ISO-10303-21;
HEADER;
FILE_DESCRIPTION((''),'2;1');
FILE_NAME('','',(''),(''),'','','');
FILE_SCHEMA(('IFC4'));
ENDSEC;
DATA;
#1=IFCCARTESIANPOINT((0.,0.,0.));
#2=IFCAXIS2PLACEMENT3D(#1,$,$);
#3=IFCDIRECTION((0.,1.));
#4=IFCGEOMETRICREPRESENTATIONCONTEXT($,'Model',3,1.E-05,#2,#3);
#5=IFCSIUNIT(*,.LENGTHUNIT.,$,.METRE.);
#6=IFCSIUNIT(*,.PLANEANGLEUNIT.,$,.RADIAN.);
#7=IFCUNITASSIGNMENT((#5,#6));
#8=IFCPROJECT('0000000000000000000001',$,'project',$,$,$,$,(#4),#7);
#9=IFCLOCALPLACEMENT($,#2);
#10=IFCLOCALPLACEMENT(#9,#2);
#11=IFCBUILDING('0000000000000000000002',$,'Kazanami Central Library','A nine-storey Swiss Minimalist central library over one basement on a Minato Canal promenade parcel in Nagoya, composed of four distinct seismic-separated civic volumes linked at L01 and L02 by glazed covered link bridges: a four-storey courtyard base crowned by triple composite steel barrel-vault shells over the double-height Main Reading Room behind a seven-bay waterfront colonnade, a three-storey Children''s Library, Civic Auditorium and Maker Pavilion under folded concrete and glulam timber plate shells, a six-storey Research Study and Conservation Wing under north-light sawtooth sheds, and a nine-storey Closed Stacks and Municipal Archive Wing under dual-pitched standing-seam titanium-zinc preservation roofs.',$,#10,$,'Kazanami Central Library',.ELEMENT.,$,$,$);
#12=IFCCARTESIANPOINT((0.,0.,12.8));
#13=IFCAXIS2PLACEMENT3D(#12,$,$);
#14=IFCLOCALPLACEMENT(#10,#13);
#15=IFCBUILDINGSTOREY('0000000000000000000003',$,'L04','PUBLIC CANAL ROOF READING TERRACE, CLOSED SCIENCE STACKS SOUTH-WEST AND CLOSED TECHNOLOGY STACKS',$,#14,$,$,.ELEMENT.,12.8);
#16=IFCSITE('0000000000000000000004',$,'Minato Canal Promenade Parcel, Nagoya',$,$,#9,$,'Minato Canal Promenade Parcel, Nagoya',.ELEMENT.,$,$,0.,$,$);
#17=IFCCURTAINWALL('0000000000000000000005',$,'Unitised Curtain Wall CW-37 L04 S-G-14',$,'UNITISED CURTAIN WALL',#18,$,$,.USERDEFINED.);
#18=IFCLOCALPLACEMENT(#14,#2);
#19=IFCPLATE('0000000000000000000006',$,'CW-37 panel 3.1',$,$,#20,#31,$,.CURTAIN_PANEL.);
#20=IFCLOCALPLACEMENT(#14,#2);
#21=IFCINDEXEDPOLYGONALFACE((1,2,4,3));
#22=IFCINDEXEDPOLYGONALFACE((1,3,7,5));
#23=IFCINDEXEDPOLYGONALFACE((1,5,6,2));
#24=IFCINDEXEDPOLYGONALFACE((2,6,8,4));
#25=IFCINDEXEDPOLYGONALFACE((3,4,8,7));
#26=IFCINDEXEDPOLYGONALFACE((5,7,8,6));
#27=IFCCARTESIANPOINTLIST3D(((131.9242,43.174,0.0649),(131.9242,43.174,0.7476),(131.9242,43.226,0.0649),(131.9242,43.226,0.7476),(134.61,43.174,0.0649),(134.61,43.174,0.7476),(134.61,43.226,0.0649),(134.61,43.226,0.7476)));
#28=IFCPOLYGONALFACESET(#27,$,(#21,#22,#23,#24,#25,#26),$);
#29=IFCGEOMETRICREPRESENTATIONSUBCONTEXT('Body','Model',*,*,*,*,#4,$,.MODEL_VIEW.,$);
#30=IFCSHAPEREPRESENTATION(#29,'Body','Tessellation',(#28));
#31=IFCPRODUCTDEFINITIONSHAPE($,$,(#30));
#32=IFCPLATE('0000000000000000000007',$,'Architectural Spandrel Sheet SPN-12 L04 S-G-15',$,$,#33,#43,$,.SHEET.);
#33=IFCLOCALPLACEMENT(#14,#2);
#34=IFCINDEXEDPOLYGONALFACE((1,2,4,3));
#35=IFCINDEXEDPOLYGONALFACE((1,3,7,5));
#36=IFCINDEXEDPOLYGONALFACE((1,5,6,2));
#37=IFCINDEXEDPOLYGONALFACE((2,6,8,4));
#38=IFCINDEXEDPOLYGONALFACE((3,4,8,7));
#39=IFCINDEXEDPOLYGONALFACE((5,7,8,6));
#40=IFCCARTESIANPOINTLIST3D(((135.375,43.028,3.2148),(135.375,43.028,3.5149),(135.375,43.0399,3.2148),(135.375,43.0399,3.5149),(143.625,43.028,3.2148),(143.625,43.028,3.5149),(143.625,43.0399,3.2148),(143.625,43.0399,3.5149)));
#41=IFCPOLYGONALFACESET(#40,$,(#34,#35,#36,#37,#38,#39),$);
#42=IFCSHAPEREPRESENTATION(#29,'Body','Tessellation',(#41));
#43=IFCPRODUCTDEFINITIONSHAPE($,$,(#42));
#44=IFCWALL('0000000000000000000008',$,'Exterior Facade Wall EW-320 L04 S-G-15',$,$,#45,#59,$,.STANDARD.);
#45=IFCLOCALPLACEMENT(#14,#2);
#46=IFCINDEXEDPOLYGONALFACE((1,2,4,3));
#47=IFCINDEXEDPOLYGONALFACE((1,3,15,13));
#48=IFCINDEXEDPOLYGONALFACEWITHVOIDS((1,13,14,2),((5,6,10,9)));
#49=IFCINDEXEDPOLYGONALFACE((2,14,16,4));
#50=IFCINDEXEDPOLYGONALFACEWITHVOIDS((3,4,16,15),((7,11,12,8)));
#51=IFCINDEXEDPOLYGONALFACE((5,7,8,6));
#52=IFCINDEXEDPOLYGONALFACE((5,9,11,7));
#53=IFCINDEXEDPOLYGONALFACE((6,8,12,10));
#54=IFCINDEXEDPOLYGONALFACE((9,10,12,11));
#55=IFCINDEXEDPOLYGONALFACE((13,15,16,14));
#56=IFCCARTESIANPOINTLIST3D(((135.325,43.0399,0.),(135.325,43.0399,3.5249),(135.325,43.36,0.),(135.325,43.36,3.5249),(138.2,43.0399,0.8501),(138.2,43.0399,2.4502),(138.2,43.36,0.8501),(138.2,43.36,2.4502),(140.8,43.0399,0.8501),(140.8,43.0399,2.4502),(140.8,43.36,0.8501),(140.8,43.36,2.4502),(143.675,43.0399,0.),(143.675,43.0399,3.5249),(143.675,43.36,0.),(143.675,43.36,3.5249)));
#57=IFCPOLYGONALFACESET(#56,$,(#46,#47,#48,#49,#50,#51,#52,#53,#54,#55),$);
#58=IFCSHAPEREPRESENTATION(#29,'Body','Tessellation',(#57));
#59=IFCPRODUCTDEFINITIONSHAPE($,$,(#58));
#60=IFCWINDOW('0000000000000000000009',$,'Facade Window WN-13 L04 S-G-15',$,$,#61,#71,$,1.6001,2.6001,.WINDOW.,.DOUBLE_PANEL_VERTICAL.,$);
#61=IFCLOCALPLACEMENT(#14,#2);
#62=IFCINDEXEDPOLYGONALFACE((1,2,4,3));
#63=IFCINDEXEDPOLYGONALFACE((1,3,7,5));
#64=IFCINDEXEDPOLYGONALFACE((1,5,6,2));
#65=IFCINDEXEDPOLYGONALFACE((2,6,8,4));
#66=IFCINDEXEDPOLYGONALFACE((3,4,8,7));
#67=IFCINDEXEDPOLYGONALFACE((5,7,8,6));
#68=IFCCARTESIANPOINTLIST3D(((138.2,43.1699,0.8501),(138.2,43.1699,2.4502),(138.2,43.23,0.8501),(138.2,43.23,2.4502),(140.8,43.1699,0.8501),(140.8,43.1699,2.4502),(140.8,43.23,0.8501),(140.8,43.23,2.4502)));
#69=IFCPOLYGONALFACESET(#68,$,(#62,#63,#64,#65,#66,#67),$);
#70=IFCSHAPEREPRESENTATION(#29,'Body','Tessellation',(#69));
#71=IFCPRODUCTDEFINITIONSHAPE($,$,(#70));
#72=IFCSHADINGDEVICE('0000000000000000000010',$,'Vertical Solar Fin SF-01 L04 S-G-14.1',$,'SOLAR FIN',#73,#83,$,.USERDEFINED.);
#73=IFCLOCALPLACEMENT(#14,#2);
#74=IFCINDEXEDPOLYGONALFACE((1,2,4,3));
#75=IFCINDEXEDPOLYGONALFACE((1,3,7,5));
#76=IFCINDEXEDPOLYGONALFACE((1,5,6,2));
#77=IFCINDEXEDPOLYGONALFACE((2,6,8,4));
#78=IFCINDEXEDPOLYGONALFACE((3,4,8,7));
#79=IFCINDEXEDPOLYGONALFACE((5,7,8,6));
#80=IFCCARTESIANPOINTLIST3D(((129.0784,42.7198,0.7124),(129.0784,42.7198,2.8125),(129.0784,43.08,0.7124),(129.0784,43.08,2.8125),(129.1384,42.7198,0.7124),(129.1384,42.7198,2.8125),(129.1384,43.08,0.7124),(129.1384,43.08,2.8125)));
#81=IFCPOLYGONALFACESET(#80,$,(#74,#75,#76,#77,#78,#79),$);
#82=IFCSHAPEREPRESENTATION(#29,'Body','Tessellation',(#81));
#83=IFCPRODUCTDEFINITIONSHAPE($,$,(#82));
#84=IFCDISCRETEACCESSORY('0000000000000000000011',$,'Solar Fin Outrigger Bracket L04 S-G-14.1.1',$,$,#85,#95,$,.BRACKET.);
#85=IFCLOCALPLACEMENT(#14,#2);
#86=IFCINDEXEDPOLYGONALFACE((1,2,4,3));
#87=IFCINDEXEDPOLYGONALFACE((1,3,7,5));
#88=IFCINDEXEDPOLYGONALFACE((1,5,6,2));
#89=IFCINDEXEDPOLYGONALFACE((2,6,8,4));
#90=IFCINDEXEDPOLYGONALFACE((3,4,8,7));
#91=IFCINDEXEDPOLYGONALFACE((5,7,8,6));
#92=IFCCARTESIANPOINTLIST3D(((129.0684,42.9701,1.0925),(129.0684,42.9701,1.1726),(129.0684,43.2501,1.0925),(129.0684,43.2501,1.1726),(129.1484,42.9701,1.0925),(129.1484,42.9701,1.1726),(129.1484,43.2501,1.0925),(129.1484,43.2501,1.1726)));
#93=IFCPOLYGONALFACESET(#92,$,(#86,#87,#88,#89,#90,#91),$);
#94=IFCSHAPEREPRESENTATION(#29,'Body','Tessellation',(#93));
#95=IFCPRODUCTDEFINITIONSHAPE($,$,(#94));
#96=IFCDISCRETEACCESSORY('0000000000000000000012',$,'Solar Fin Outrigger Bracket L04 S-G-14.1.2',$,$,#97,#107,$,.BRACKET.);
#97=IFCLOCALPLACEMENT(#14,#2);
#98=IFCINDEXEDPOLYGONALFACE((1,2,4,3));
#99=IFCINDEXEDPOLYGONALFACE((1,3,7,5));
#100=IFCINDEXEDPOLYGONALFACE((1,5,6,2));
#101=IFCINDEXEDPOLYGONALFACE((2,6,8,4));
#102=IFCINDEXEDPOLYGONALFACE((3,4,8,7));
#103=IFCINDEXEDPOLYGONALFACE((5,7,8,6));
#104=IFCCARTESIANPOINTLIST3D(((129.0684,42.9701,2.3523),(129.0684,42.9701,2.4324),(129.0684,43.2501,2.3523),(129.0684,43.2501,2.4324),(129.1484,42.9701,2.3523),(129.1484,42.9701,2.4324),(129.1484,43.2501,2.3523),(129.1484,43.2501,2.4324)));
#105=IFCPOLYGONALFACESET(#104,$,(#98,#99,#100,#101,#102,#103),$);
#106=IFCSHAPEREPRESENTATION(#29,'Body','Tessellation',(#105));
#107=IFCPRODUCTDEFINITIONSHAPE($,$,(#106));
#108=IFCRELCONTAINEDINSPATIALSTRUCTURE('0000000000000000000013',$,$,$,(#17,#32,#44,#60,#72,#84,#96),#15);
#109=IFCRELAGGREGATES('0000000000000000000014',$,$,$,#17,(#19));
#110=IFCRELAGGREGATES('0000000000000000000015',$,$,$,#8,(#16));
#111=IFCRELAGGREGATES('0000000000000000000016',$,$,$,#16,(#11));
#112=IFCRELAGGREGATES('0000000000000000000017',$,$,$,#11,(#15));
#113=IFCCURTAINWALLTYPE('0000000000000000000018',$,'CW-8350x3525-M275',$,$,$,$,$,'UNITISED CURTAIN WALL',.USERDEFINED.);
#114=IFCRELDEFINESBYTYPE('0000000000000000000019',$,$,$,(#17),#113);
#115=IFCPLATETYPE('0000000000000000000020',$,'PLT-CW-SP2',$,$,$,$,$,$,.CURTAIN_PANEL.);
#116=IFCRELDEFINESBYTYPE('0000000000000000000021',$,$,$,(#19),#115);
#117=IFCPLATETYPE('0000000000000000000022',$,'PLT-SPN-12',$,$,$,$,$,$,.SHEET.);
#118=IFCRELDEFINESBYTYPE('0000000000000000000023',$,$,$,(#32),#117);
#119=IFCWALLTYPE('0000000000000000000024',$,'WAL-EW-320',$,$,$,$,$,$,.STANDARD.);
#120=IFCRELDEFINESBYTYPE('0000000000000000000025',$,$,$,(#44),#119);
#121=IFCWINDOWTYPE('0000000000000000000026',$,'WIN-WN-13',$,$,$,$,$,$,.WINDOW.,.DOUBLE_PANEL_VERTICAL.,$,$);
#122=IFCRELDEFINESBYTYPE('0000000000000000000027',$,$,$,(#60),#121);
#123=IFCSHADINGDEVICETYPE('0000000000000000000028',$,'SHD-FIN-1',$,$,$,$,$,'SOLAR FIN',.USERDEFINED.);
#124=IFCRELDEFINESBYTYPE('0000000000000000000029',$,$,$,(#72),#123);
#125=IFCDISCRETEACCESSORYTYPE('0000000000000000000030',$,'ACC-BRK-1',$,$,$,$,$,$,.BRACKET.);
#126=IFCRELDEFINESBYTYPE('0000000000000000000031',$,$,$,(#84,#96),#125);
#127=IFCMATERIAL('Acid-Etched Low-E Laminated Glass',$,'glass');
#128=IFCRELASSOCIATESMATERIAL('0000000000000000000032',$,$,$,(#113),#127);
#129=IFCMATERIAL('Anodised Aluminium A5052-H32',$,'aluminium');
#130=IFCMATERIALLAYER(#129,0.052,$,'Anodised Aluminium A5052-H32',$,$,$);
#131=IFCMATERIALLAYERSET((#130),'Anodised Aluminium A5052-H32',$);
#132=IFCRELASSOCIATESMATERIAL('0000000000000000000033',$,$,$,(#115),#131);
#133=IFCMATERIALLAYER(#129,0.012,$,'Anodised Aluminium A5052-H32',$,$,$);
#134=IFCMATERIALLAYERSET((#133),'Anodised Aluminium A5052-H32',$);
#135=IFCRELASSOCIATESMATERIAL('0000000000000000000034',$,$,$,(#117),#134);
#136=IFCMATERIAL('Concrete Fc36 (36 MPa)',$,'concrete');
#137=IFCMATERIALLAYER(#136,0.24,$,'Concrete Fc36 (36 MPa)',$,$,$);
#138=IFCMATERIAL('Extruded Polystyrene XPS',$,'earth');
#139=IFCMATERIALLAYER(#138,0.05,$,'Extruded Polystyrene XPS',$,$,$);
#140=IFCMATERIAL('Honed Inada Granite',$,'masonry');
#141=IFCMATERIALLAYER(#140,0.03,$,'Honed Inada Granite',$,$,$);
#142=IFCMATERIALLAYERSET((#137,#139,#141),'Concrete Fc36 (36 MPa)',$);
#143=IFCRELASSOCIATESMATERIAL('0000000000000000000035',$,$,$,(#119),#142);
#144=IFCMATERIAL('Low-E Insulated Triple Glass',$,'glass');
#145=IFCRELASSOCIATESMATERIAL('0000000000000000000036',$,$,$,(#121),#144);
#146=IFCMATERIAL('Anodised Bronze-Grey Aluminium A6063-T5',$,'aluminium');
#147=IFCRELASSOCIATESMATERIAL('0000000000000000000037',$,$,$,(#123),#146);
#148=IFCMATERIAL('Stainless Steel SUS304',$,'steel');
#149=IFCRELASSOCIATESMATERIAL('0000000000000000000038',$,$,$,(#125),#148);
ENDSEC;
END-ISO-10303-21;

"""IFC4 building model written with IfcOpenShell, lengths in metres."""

from ifc_helpers import new_model, si_unit, direction, frame, frame_2d, origin, origin_2d, place, context, subcontext, project, spatial, rectangle, extrude, material, layer, layer_set, type_object, element, fill, aggregate, save


model = new_model("IFC4")

# Units and contexts
model_context = context("Model", 3, precision=1e-05, world=origin(), true_north=direction((0.0, 1.0)))
body_context = subcontext(model_context, "Body", "Model", "MODEL_VIEW")
ifc_project = project(units=[si_unit("LENGTHUNIT", "METRE"), si_unit("PLANEANGLEUNIT", "RADIAN")], contexts=[model_context])

# Site, building, storey
site_placement = place(None, origin())
site = spatial("IfcSite", under=ifc_project, at=site_placement, Name="Minato Canal Promenade Parcel, Nagoya", LongName="Minato Canal Promenade Parcel, Nagoya", CompositionType="ELEMENT", RefElevation=0.0)
building_placement = place(site_placement, origin())
building = spatial("IfcBuilding", under=site, at=building_placement, Name="Kazanami Central Library", Description="A nine-storey Swiss Minimalist central library over one basement on a Minato Canal promenade parcel in Nagoya, composed of four distinct seismic-separated civic volumes linked at L01 and L02 by glazed covered link bridges: a four-storey courtyard base crowned by triple composite steel barrel-vault shells over the double-height Main Reading Room behind a seven-bay waterfront colonnade, a three-storey Children's Library, Civic Auditorium and Maker Pavilion under folded concrete and glulam timber plate shells, a six-storey Research Study and Conservation Wing under north-light sawtooth sheds, and a nine-storey Closed Stacks and Municipal Archive Wing under dual-pitched standing-seam titanium-zinc preservation roofs.", LongName="Kazanami Central Library", CompositionType="ELEMENT")
storey_placement = place(building_placement, frame((0.0, 0.0, 12.8)))
storey = spatial("IfcBuildingStorey", under=building, at=storey_placement, Name="L04", Description="PUBLIC CANAL ROOF READING TERRACE, CLOSED SCIENCE STACKS SOUTH-WEST AND CLOSED TECHNOLOGY STACKS", CompositionType="ELEMENT", Elevation=12.8)

# Curtain wall, plate
ifc_material_1 = material(Name="Acid-Etched Low-E Laminated Glass", Category="glass")
curtain_wall_type = type_object("IfcCurtainWallType", Name="CW-8350x3525-M275", ElementType="UNITISED CURTAIN WALL", PredefinedType="USERDEFINED", material=ifc_material_1)
curtain_wall_placement = place(storey_placement, origin())
curtain_wall = element("IfcCurtainWall", 1, at=curtain_wall_placement, inside=storey, type_object=curtain_wall_type, Name="Unitised Curtain Wall CW-37 L04 S-G-14", ObjectType="UNITISED CURTAIN WALL", PredefinedType="USERDEFINED")
ifc_material_2 = material(Name="Anodised Aluminium A5052-H32", Category="aluminium")
ifc_layer_1 = layer(ifc_material_2, 0.052, Name="Anodised Aluminium A5052-H32")
ifc_layer_set_1 = layer_set([ifc_layer_1], Name="Anodised Aluminium A5052-H32")
plate_type_1 = type_object("IfcPlateType", Name="PLT-CW-SP2", PredefinedType="CURTAIN_PANEL", material=ifc_layer_set_1)
plate_1_placement = place(storey_placement, frame((133.2671, 43.2, 0.0649), z_axis=(0.0, 0.0, 1.0), x_axis=(1.0, 0.0, 0.0)))
plate_1 = element("IfcPlate", 2, at=plate_1_placement, type_object=plate_type_1, Name="CW-37 panel 3.1", PredefinedType="CURTAIN_PANEL", context=body_context, shape_type="SweptSolid", body=[
    extrude(rectangle(XDim=2.6858, YDim=0.052, at=origin_2d()), origin(), (0.0, 0.0, 1.0), 0.6826),
])
aggregate(curtain_wall, [plate_1])

# Plate
ifc_layer_2 = layer(ifc_material_2, 0.012, Name="Anodised Aluminium A5052-H32")
ifc_layer_set_2 = layer_set([ifc_layer_2], Name="Anodised Aluminium A5052-H32")
plate_type_2 = type_object("IfcPlateType", Name="PLT-SPN-12", PredefinedType="SHEET", material=ifc_layer_set_2)
plate_2_placement = place(storey_placement, frame((139.5, 43.0339, 3.2148), z_axis=(0.0, 0.0, 1.0), x_axis=(1.0, 0.0, 0.0)))
element("IfcPlate", 3, at=plate_2_placement, inside=storey, type_object=plate_type_2, Name="Architectural Spandrel Sheet SPN-12 L04 S-G-15", PredefinedType="SHEET", context=body_context, shape_type="SweptSolid", body=[
    extrude(rectangle(XDim=8.25, YDim=0.012, at=origin_2d()), origin(), (0.0, 0.0, 1.0), 0.3),
])

# Wall, opening, window
ifc_material_3 = material(Name="Concrete Fc36 (36 MPa)", Category="concrete")
ifc_layer_3 = layer(ifc_material_3, 0.24, Name="Concrete Fc36 (36 MPa)")
ifc_material_4 = material(Name="Extruded Polystyrene XPS", Category="earth")
ifc_layer_4 = layer(ifc_material_4, 0.05, Name="Extruded Polystyrene XPS")
ifc_material_5 = material(Name="Honed Inada Granite", Category="masonry")
ifc_layer_5 = layer(ifc_material_5, 0.03, Name="Honed Inada Granite")
ifc_layer_set_3 = layer_set([ifc_layer_3, ifc_layer_4, ifc_layer_5], Name="Concrete Fc36 (36 MPa)")
wall_type = type_object("IfcWallType", Name="WAL-EW-320", PredefinedType="STANDARD", material=ifc_layer_set_3)
wall_placement = place(storey_placement, frame((135.325, 43.2, 0.0), z_axis=(0.0, 0.0, 1.0), x_axis=(1.0, 0.0, 0.0)))
wall = element("IfcWall", 4, at=wall_placement, inside=storey, type_object=wall_type, Name="Exterior Facade Wall EW-320 L04 S-G-15", PredefinedType="STANDARD", context=body_context, shape_type="SweptSolid", body=[
    extrude(rectangle(XDim=8.3501, YDim=0.3201, at=frame_2d((4.175, 0.0))), origin(), (0.0, 0.0, 1.0), 3.5249),
])
opening_placement = place(wall_placement, frame((2.875, 0.0, 0.8501)))
opening = element("IfcOpeningElement", 5, at=opening_placement, cuts=wall, PredefinedType="OPENING", context=body_context, shape_type="SweptSolid", body=[
    extrude(rectangle(XDim=2.6001, YDim=1.6001, at=frame_2d((1.3, 0.8))), frame((0.0, 0.1719, 0.0), z_axis=(0.0, -1.0, 0.0), x_axis=(1.0, 0.0, 0.0)), (0.0, 0.0, 1.0), 0.344),
])
ifc_material_6 = material(Name="Low-E Insulated Triple Glass", Category="glass")
window_type = type_object("IfcWindowType", Name="WIN-WN-13", PartitioningType="DOUBLE_PANEL_VERTICAL", PredefinedType="WINDOW", material=ifc_material_6)
window_placement = place(opening_placement, origin())
window = element("IfcWindow", 6, at=window_placement, inside=storey, type_object=window_type, Name="Facade Window WN-13 L04 S-G-15", OverallHeight=1.6001, OverallWidth=2.6001, PartitioningType="DOUBLE_PANEL_VERTICAL", PredefinedType="WINDOW", context=body_context, shape_type="SweptSolid", body=[
    extrude(rectangle(XDim=2.6001, YDim=1.6001, at=frame_2d((1.3, 0.8))), frame((0.0, 0.03, 0.0), z_axis=(0.0, -1.0, 0.0), x_axis=(1.0, 0.0, 0.0)), (0.0, 0.0, 1.0), 0.0601),
])
fill(opening, window)

# Shading device
ifc_material_7 = material(Name="Anodised Bronze-Grey Aluminium A6063-T5", Category="aluminium")
shading_device_type = type_object("IfcShadingDeviceType", Name="SHD-FIN-1", ElementType="SOLAR FIN", PredefinedType="USERDEFINED", material=ifc_material_7)
shading_device_placement = place(storey_placement, frame((129.1084, 42.8999, 0.7124), z_axis=(0.0, 0.0, 1.0), x_axis=(1.0, 0.0, 0.0)))
element("IfcShadingDevice", 7, at=shading_device_placement, inside=storey, type_object=shading_device_type, Name="Vertical Solar Fin SF-01 L04 S-G-14.1", ObjectType="SOLAR FIN", PredefinedType="USERDEFINED", context=body_context, shape_type="SweptSolid", body=[
    extrude(rectangle(XDim=0.0601, YDim=0.3601, at=origin_2d()), origin(), (0.0, 0.0, 1.0), 2.1001),
])

# Discrete accessories
ifc_material_8 = material(Name="Stainless Steel SUS304", Category="steel")
discrete_accessory_type = type_object("IfcDiscreteAccessoryType", Name="ACC-BRK-1", PredefinedType="BRACKET", material=ifc_material_8)
for number, where, z_axis, x_axis, name in (
    (8, (129.1084, 43.1101, 1.0925), (0.0, 0.0, 1.0), (1.0, 0.0, 0.0), "Solar Fin Outrigger Bracket L04 S-G-14.1.1"),
    (9, (129.1084, 43.1101, 2.3523), (0.0, 0.0, 1.0), (1.0, 0.0, 0.0), "Solar Fin Outrigger Bracket L04 S-G-14.1.2"),
):
    element("IfcDiscreteAccessory", number, at=place(storey_placement, frame(where, z_axis=z_axis, x_axis=x_axis)), inside=storey, type_object=discrete_accessory_type, Name=name, PredefinedType="BRACKET", context=body_context, shape_type="SweptSolid", body=[
        extrude(rectangle(XDim=0.0801, YDim=0.28, at=origin_2d()), origin(), (0.0, 0.0, 1.0), 0.0801),
    ])

save(model, "model.ifc")
